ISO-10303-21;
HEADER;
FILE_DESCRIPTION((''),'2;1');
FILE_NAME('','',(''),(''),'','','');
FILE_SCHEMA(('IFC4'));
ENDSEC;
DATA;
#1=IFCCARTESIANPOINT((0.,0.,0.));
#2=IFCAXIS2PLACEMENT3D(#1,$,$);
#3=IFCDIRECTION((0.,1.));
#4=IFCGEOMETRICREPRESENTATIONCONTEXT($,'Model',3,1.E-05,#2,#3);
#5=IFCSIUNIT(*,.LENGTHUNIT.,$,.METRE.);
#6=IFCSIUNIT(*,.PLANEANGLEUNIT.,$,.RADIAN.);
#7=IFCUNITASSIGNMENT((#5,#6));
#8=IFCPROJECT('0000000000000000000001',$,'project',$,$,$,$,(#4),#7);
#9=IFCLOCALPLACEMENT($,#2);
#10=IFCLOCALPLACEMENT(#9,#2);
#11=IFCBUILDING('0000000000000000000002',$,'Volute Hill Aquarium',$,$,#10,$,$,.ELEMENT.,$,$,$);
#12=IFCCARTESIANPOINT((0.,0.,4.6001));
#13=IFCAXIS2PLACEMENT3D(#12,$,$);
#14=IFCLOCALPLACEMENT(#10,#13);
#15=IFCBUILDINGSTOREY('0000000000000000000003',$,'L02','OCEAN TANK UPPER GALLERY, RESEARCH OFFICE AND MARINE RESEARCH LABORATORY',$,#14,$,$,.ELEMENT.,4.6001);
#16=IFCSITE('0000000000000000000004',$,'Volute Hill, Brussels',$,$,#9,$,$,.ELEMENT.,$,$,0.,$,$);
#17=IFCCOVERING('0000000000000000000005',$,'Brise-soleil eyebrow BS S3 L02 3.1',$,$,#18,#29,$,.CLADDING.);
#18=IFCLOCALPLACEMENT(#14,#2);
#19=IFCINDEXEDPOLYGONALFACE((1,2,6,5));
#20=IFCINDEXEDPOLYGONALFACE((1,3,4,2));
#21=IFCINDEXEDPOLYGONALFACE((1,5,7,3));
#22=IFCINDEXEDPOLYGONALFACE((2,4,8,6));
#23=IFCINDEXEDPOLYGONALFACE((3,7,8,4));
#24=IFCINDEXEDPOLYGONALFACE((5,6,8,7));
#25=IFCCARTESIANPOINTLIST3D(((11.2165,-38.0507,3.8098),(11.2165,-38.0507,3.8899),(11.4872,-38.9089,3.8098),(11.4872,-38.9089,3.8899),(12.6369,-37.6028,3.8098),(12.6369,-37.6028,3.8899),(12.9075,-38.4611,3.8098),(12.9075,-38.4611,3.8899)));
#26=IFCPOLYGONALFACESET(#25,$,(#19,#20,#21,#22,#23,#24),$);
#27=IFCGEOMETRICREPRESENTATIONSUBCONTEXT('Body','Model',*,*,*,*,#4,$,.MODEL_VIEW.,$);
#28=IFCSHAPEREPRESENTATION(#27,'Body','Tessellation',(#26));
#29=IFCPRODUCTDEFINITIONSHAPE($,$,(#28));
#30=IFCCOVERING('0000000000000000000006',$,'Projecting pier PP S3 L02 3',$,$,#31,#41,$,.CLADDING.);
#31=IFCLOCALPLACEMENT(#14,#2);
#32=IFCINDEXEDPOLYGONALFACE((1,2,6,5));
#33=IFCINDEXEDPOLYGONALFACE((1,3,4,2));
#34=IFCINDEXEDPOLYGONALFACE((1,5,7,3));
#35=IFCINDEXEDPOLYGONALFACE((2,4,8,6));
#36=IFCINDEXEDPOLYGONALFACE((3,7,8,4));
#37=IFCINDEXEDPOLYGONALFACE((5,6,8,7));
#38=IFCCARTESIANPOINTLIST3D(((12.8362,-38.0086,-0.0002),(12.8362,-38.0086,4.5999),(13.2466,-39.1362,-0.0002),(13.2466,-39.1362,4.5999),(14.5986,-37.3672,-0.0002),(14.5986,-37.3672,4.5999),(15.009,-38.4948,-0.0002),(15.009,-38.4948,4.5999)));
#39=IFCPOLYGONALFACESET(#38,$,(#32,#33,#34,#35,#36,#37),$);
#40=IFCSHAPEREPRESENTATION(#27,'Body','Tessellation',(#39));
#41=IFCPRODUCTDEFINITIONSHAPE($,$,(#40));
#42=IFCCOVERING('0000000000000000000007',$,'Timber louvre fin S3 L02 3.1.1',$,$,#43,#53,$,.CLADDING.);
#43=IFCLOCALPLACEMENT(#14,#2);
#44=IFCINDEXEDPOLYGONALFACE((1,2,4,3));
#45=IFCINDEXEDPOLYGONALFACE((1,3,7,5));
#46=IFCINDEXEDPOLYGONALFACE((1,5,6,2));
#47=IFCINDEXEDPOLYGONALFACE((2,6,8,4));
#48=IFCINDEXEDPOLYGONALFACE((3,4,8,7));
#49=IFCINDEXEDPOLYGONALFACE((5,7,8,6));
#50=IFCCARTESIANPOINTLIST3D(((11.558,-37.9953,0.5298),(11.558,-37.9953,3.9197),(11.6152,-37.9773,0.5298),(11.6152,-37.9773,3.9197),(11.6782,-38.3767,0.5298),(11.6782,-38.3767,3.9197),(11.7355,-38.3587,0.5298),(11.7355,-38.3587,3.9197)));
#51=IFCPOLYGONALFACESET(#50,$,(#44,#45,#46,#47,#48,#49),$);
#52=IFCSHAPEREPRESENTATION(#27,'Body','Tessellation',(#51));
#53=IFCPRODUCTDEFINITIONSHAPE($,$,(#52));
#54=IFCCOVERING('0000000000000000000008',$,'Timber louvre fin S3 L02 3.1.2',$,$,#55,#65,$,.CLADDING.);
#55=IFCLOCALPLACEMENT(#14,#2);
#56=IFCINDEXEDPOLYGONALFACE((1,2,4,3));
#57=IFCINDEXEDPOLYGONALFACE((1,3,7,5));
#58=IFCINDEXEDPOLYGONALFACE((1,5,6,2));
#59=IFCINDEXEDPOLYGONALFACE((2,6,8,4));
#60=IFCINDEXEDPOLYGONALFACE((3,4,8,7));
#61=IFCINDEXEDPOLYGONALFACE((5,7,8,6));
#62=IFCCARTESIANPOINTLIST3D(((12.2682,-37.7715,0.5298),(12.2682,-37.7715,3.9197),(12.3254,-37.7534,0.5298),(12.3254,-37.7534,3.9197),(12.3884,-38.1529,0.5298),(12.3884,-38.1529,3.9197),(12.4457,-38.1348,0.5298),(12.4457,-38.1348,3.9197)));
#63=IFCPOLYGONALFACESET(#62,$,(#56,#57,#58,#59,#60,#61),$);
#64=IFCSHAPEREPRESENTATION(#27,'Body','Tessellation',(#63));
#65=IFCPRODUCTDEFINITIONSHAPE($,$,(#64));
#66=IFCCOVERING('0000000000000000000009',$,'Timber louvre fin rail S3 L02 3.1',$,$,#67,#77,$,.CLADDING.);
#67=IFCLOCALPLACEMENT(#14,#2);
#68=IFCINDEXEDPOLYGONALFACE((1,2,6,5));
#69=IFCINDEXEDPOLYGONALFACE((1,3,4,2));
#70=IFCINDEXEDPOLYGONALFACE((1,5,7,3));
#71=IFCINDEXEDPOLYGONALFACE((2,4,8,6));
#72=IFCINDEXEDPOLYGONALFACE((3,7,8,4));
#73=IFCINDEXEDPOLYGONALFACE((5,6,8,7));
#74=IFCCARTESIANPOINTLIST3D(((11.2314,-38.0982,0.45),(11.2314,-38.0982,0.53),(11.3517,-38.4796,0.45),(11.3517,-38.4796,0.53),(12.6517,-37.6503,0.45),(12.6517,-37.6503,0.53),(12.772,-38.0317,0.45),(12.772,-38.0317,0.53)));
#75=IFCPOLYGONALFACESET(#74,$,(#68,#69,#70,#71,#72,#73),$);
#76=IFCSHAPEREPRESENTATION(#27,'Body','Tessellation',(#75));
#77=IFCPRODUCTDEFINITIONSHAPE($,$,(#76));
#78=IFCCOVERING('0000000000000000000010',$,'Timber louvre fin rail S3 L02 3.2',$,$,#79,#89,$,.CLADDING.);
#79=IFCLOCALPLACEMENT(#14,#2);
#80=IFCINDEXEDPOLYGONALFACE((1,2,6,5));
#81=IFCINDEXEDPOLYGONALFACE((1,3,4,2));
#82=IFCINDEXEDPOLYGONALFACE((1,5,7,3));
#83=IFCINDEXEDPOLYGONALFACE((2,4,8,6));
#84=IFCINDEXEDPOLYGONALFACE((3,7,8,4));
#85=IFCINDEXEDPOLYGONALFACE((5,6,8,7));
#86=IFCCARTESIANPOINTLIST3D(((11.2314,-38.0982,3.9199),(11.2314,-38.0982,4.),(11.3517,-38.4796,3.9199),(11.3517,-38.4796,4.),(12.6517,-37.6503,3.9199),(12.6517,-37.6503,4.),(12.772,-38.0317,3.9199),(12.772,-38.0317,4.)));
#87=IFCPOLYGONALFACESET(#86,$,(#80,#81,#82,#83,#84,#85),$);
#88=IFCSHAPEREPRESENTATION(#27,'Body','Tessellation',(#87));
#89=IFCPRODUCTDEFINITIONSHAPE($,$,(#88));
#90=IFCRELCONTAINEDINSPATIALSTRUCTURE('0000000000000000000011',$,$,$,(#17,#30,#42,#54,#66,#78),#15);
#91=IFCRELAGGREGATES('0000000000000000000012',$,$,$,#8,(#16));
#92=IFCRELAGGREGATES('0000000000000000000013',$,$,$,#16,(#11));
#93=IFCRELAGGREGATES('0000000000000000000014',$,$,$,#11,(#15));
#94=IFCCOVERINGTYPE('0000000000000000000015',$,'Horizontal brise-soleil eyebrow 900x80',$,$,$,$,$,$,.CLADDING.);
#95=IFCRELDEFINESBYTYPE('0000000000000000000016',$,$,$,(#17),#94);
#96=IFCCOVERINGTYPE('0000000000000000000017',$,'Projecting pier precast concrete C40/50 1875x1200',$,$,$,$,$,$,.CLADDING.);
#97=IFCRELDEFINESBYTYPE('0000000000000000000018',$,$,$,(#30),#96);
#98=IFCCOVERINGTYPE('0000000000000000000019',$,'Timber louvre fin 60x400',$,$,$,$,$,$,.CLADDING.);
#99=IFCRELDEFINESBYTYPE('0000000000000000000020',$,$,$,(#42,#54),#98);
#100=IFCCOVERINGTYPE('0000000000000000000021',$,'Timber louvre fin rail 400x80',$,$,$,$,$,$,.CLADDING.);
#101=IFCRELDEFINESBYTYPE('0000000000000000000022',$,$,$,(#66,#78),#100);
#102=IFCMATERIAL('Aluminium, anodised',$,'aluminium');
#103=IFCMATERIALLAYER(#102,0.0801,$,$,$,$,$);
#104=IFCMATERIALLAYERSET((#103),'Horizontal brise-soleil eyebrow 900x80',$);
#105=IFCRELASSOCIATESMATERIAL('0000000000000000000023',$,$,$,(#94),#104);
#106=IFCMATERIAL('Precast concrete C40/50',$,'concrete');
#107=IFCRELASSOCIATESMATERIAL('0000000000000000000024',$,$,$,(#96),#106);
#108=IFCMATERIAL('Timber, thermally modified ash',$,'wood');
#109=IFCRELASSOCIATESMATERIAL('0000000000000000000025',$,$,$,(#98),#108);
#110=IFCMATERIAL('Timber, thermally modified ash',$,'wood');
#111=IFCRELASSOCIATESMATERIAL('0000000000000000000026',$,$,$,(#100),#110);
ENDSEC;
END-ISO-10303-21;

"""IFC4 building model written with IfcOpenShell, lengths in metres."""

from ifc_helpers import new_model, si_unit, direction, frame, origin, origin_2d, place, context, subcontext, project, spatial, rectangle, extrude, material, layer, layer_set, type_object, element, save


model = new_model("IFC4")

# Units and contexts
model_context = context("Model", 3, precision=1e-05, world=origin(), true_north=direction((0.0, 1.0)))
body_context = subcontext(model_context, "Body", "Model", "MODEL_VIEW")
ifc_project = project(units=[si_unit("LENGTHUNIT", "METRE"), si_unit("PLANEANGLEUNIT", "RADIAN")], contexts=[model_context])

# Site, building, storey
site_placement = place(None, origin())
site = spatial("IfcSite", under=ifc_project, at=site_placement, Name="Volute Hill, Brussels", CompositionType="ELEMENT", RefElevation=0.0)
building_placement = place(site_placement, origin())
building = spatial("IfcBuilding", under=site, at=building_placement, Name="Volute Hill Aquarium", CompositionType="ELEMENT")
storey_placement = place(building_placement, frame((0.0, 0.0, 4.6001)))
storey = spatial("IfcBuildingStorey", under=building, at=storey_placement, Name="L02", Description="OCEAN TANK UPPER GALLERY, RESEARCH OFFICE AND MARINE RESEARCH LABORATORY", CompositionType="ELEMENT", Elevation=4.6001)

# Coverings
ifc_material_1 = material(Name="Aluminium, anodised", Category="aluminium")
ifc_layer_1 = layer(ifc_material_1, 0.0801)
ifc_layer_set_1 = layer_set([ifc_layer_1], Name="Horizontal brise-soleil eyebrow 900x80")
covering_type_1 = type_object("IfcCoveringType", Name="Horizontal brise-soleil eyebrow 900x80", PredefinedType="CLADDING", material=ifc_layer_set_1)
covering_1_placement = place(storey_placement, frame((12.062, -38.2559, 3.8098), z_axis=(0.0, 0.0, 1.0), x_axis=(0.953714, 0.300715, 0.0)))
element("IfcCovering", 1, at=covering_1_placement, inside=storey, type_object=covering_type_1, Name="Brise-soleil eyebrow BS S3 L02 3.1", PredefinedType="CLADDING", context=body_context, shape_type="SweptSolid", body=[
    extrude(rectangle(XDim=1.4893, YDim=0.8999, at=origin_2d()), origin(), (0.0, 0.0, 1.0), 0.0801),
])
ifc_material_2 = material(Name="Precast concrete C40/50", Category="concrete")
covering_type_2 = type_object("IfcCoveringType", Name="Projecting pier precast concrete C40/50 1875x1200", PredefinedType="CLADDING", material=ifc_material_2)
covering_2_placement = place(storey_placement, frame((13.9226, -38.2517, -0.0002), z_axis=(0.0, 0.0, 1.0), x_axis=(0.939693, 0.34202, 0.0)))
element("IfcCovering", 2, at=covering_2_placement, inside=storey, type_object=covering_type_2, Name="Projecting pier PP S3 L02 3", PredefinedType="CLADDING", context=body_context, shape_type="SweptSolid", body=[
    extrude(rectangle(XDim=1.8755, YDim=1.2, at=origin_2d()), origin(), (0.0, 0.0, 1.0), 4.6001),
])
ifc_material_3 = material(Name="Timber, thermally modified ash", Category="wood")
covering_type_3 = type_object("IfcCoveringType", Name="Timber louvre fin 60x400", PredefinedType="CLADDING", material=ifc_material_3)
for number, where, z_axis, x_axis, name in (
    (3, (11.6467, -38.177, 0.5298), (0.0, 0.0, 1.0), (0.953714, 0.300715, 0.0), "Timber louvre fin S3 L02 3.1.1"),
    (4, (12.3569, -37.9531, 0.5298), (0.0, 0.0, 1.0), (0.953714, 0.300715, 0.0), "Timber louvre fin S3 L02 3.1.2"),
):
    element("IfcCovering", number, at=place(storey_placement, frame(where, z_axis=z_axis, x_axis=x_axis)), inside=storey, type_object=covering_type_3, Name=name, PredefinedType="CLADDING", context=body_context, shape_type="SweptSolid", body=[
        extrude(rectangle(XDim=0.0601, YDim=0.3999, at=origin_2d()), origin(), (0.0, 0.0, 1.0), 3.3899),
    ])
ifc_material_4 = material(Name="Timber, thermally modified ash", Category="wood")
covering_type_4 = type_object("IfcCoveringType", Name="Timber louvre fin rail 400x80", PredefinedType="CLADDING", material=ifc_material_4)
for number, where, z_axis, x_axis, name in (
    (5, (12.0017, -38.0649, 0.45), (0.0, 0.0, 1.0), (0.953714, 0.300715, 0.0), "Timber louvre fin rail S3 L02 3.1"),
    (6, (12.0017, -38.0649, 3.9199), (0.0, 0.0, 1.0), (0.953714, 0.300715, 0.0), "Timber louvre fin rail S3 L02 3.2"),
):
    element("IfcCovering", number, at=place(storey_placement, frame(where, z_axis=z_axis, x_axis=x_axis)), inside=storey, type_object=covering_type_4, Name=name, PredefinedType="CLADDING", context=body_context, shape_type="SweptSolid", body=[
        extrude(rectangle(XDim=1.4893, YDim=0.3999, at=origin_2d()), origin(), (0.0, 0.0, 1.0), 0.0801),
    ])

save(model, "model.ifc")
